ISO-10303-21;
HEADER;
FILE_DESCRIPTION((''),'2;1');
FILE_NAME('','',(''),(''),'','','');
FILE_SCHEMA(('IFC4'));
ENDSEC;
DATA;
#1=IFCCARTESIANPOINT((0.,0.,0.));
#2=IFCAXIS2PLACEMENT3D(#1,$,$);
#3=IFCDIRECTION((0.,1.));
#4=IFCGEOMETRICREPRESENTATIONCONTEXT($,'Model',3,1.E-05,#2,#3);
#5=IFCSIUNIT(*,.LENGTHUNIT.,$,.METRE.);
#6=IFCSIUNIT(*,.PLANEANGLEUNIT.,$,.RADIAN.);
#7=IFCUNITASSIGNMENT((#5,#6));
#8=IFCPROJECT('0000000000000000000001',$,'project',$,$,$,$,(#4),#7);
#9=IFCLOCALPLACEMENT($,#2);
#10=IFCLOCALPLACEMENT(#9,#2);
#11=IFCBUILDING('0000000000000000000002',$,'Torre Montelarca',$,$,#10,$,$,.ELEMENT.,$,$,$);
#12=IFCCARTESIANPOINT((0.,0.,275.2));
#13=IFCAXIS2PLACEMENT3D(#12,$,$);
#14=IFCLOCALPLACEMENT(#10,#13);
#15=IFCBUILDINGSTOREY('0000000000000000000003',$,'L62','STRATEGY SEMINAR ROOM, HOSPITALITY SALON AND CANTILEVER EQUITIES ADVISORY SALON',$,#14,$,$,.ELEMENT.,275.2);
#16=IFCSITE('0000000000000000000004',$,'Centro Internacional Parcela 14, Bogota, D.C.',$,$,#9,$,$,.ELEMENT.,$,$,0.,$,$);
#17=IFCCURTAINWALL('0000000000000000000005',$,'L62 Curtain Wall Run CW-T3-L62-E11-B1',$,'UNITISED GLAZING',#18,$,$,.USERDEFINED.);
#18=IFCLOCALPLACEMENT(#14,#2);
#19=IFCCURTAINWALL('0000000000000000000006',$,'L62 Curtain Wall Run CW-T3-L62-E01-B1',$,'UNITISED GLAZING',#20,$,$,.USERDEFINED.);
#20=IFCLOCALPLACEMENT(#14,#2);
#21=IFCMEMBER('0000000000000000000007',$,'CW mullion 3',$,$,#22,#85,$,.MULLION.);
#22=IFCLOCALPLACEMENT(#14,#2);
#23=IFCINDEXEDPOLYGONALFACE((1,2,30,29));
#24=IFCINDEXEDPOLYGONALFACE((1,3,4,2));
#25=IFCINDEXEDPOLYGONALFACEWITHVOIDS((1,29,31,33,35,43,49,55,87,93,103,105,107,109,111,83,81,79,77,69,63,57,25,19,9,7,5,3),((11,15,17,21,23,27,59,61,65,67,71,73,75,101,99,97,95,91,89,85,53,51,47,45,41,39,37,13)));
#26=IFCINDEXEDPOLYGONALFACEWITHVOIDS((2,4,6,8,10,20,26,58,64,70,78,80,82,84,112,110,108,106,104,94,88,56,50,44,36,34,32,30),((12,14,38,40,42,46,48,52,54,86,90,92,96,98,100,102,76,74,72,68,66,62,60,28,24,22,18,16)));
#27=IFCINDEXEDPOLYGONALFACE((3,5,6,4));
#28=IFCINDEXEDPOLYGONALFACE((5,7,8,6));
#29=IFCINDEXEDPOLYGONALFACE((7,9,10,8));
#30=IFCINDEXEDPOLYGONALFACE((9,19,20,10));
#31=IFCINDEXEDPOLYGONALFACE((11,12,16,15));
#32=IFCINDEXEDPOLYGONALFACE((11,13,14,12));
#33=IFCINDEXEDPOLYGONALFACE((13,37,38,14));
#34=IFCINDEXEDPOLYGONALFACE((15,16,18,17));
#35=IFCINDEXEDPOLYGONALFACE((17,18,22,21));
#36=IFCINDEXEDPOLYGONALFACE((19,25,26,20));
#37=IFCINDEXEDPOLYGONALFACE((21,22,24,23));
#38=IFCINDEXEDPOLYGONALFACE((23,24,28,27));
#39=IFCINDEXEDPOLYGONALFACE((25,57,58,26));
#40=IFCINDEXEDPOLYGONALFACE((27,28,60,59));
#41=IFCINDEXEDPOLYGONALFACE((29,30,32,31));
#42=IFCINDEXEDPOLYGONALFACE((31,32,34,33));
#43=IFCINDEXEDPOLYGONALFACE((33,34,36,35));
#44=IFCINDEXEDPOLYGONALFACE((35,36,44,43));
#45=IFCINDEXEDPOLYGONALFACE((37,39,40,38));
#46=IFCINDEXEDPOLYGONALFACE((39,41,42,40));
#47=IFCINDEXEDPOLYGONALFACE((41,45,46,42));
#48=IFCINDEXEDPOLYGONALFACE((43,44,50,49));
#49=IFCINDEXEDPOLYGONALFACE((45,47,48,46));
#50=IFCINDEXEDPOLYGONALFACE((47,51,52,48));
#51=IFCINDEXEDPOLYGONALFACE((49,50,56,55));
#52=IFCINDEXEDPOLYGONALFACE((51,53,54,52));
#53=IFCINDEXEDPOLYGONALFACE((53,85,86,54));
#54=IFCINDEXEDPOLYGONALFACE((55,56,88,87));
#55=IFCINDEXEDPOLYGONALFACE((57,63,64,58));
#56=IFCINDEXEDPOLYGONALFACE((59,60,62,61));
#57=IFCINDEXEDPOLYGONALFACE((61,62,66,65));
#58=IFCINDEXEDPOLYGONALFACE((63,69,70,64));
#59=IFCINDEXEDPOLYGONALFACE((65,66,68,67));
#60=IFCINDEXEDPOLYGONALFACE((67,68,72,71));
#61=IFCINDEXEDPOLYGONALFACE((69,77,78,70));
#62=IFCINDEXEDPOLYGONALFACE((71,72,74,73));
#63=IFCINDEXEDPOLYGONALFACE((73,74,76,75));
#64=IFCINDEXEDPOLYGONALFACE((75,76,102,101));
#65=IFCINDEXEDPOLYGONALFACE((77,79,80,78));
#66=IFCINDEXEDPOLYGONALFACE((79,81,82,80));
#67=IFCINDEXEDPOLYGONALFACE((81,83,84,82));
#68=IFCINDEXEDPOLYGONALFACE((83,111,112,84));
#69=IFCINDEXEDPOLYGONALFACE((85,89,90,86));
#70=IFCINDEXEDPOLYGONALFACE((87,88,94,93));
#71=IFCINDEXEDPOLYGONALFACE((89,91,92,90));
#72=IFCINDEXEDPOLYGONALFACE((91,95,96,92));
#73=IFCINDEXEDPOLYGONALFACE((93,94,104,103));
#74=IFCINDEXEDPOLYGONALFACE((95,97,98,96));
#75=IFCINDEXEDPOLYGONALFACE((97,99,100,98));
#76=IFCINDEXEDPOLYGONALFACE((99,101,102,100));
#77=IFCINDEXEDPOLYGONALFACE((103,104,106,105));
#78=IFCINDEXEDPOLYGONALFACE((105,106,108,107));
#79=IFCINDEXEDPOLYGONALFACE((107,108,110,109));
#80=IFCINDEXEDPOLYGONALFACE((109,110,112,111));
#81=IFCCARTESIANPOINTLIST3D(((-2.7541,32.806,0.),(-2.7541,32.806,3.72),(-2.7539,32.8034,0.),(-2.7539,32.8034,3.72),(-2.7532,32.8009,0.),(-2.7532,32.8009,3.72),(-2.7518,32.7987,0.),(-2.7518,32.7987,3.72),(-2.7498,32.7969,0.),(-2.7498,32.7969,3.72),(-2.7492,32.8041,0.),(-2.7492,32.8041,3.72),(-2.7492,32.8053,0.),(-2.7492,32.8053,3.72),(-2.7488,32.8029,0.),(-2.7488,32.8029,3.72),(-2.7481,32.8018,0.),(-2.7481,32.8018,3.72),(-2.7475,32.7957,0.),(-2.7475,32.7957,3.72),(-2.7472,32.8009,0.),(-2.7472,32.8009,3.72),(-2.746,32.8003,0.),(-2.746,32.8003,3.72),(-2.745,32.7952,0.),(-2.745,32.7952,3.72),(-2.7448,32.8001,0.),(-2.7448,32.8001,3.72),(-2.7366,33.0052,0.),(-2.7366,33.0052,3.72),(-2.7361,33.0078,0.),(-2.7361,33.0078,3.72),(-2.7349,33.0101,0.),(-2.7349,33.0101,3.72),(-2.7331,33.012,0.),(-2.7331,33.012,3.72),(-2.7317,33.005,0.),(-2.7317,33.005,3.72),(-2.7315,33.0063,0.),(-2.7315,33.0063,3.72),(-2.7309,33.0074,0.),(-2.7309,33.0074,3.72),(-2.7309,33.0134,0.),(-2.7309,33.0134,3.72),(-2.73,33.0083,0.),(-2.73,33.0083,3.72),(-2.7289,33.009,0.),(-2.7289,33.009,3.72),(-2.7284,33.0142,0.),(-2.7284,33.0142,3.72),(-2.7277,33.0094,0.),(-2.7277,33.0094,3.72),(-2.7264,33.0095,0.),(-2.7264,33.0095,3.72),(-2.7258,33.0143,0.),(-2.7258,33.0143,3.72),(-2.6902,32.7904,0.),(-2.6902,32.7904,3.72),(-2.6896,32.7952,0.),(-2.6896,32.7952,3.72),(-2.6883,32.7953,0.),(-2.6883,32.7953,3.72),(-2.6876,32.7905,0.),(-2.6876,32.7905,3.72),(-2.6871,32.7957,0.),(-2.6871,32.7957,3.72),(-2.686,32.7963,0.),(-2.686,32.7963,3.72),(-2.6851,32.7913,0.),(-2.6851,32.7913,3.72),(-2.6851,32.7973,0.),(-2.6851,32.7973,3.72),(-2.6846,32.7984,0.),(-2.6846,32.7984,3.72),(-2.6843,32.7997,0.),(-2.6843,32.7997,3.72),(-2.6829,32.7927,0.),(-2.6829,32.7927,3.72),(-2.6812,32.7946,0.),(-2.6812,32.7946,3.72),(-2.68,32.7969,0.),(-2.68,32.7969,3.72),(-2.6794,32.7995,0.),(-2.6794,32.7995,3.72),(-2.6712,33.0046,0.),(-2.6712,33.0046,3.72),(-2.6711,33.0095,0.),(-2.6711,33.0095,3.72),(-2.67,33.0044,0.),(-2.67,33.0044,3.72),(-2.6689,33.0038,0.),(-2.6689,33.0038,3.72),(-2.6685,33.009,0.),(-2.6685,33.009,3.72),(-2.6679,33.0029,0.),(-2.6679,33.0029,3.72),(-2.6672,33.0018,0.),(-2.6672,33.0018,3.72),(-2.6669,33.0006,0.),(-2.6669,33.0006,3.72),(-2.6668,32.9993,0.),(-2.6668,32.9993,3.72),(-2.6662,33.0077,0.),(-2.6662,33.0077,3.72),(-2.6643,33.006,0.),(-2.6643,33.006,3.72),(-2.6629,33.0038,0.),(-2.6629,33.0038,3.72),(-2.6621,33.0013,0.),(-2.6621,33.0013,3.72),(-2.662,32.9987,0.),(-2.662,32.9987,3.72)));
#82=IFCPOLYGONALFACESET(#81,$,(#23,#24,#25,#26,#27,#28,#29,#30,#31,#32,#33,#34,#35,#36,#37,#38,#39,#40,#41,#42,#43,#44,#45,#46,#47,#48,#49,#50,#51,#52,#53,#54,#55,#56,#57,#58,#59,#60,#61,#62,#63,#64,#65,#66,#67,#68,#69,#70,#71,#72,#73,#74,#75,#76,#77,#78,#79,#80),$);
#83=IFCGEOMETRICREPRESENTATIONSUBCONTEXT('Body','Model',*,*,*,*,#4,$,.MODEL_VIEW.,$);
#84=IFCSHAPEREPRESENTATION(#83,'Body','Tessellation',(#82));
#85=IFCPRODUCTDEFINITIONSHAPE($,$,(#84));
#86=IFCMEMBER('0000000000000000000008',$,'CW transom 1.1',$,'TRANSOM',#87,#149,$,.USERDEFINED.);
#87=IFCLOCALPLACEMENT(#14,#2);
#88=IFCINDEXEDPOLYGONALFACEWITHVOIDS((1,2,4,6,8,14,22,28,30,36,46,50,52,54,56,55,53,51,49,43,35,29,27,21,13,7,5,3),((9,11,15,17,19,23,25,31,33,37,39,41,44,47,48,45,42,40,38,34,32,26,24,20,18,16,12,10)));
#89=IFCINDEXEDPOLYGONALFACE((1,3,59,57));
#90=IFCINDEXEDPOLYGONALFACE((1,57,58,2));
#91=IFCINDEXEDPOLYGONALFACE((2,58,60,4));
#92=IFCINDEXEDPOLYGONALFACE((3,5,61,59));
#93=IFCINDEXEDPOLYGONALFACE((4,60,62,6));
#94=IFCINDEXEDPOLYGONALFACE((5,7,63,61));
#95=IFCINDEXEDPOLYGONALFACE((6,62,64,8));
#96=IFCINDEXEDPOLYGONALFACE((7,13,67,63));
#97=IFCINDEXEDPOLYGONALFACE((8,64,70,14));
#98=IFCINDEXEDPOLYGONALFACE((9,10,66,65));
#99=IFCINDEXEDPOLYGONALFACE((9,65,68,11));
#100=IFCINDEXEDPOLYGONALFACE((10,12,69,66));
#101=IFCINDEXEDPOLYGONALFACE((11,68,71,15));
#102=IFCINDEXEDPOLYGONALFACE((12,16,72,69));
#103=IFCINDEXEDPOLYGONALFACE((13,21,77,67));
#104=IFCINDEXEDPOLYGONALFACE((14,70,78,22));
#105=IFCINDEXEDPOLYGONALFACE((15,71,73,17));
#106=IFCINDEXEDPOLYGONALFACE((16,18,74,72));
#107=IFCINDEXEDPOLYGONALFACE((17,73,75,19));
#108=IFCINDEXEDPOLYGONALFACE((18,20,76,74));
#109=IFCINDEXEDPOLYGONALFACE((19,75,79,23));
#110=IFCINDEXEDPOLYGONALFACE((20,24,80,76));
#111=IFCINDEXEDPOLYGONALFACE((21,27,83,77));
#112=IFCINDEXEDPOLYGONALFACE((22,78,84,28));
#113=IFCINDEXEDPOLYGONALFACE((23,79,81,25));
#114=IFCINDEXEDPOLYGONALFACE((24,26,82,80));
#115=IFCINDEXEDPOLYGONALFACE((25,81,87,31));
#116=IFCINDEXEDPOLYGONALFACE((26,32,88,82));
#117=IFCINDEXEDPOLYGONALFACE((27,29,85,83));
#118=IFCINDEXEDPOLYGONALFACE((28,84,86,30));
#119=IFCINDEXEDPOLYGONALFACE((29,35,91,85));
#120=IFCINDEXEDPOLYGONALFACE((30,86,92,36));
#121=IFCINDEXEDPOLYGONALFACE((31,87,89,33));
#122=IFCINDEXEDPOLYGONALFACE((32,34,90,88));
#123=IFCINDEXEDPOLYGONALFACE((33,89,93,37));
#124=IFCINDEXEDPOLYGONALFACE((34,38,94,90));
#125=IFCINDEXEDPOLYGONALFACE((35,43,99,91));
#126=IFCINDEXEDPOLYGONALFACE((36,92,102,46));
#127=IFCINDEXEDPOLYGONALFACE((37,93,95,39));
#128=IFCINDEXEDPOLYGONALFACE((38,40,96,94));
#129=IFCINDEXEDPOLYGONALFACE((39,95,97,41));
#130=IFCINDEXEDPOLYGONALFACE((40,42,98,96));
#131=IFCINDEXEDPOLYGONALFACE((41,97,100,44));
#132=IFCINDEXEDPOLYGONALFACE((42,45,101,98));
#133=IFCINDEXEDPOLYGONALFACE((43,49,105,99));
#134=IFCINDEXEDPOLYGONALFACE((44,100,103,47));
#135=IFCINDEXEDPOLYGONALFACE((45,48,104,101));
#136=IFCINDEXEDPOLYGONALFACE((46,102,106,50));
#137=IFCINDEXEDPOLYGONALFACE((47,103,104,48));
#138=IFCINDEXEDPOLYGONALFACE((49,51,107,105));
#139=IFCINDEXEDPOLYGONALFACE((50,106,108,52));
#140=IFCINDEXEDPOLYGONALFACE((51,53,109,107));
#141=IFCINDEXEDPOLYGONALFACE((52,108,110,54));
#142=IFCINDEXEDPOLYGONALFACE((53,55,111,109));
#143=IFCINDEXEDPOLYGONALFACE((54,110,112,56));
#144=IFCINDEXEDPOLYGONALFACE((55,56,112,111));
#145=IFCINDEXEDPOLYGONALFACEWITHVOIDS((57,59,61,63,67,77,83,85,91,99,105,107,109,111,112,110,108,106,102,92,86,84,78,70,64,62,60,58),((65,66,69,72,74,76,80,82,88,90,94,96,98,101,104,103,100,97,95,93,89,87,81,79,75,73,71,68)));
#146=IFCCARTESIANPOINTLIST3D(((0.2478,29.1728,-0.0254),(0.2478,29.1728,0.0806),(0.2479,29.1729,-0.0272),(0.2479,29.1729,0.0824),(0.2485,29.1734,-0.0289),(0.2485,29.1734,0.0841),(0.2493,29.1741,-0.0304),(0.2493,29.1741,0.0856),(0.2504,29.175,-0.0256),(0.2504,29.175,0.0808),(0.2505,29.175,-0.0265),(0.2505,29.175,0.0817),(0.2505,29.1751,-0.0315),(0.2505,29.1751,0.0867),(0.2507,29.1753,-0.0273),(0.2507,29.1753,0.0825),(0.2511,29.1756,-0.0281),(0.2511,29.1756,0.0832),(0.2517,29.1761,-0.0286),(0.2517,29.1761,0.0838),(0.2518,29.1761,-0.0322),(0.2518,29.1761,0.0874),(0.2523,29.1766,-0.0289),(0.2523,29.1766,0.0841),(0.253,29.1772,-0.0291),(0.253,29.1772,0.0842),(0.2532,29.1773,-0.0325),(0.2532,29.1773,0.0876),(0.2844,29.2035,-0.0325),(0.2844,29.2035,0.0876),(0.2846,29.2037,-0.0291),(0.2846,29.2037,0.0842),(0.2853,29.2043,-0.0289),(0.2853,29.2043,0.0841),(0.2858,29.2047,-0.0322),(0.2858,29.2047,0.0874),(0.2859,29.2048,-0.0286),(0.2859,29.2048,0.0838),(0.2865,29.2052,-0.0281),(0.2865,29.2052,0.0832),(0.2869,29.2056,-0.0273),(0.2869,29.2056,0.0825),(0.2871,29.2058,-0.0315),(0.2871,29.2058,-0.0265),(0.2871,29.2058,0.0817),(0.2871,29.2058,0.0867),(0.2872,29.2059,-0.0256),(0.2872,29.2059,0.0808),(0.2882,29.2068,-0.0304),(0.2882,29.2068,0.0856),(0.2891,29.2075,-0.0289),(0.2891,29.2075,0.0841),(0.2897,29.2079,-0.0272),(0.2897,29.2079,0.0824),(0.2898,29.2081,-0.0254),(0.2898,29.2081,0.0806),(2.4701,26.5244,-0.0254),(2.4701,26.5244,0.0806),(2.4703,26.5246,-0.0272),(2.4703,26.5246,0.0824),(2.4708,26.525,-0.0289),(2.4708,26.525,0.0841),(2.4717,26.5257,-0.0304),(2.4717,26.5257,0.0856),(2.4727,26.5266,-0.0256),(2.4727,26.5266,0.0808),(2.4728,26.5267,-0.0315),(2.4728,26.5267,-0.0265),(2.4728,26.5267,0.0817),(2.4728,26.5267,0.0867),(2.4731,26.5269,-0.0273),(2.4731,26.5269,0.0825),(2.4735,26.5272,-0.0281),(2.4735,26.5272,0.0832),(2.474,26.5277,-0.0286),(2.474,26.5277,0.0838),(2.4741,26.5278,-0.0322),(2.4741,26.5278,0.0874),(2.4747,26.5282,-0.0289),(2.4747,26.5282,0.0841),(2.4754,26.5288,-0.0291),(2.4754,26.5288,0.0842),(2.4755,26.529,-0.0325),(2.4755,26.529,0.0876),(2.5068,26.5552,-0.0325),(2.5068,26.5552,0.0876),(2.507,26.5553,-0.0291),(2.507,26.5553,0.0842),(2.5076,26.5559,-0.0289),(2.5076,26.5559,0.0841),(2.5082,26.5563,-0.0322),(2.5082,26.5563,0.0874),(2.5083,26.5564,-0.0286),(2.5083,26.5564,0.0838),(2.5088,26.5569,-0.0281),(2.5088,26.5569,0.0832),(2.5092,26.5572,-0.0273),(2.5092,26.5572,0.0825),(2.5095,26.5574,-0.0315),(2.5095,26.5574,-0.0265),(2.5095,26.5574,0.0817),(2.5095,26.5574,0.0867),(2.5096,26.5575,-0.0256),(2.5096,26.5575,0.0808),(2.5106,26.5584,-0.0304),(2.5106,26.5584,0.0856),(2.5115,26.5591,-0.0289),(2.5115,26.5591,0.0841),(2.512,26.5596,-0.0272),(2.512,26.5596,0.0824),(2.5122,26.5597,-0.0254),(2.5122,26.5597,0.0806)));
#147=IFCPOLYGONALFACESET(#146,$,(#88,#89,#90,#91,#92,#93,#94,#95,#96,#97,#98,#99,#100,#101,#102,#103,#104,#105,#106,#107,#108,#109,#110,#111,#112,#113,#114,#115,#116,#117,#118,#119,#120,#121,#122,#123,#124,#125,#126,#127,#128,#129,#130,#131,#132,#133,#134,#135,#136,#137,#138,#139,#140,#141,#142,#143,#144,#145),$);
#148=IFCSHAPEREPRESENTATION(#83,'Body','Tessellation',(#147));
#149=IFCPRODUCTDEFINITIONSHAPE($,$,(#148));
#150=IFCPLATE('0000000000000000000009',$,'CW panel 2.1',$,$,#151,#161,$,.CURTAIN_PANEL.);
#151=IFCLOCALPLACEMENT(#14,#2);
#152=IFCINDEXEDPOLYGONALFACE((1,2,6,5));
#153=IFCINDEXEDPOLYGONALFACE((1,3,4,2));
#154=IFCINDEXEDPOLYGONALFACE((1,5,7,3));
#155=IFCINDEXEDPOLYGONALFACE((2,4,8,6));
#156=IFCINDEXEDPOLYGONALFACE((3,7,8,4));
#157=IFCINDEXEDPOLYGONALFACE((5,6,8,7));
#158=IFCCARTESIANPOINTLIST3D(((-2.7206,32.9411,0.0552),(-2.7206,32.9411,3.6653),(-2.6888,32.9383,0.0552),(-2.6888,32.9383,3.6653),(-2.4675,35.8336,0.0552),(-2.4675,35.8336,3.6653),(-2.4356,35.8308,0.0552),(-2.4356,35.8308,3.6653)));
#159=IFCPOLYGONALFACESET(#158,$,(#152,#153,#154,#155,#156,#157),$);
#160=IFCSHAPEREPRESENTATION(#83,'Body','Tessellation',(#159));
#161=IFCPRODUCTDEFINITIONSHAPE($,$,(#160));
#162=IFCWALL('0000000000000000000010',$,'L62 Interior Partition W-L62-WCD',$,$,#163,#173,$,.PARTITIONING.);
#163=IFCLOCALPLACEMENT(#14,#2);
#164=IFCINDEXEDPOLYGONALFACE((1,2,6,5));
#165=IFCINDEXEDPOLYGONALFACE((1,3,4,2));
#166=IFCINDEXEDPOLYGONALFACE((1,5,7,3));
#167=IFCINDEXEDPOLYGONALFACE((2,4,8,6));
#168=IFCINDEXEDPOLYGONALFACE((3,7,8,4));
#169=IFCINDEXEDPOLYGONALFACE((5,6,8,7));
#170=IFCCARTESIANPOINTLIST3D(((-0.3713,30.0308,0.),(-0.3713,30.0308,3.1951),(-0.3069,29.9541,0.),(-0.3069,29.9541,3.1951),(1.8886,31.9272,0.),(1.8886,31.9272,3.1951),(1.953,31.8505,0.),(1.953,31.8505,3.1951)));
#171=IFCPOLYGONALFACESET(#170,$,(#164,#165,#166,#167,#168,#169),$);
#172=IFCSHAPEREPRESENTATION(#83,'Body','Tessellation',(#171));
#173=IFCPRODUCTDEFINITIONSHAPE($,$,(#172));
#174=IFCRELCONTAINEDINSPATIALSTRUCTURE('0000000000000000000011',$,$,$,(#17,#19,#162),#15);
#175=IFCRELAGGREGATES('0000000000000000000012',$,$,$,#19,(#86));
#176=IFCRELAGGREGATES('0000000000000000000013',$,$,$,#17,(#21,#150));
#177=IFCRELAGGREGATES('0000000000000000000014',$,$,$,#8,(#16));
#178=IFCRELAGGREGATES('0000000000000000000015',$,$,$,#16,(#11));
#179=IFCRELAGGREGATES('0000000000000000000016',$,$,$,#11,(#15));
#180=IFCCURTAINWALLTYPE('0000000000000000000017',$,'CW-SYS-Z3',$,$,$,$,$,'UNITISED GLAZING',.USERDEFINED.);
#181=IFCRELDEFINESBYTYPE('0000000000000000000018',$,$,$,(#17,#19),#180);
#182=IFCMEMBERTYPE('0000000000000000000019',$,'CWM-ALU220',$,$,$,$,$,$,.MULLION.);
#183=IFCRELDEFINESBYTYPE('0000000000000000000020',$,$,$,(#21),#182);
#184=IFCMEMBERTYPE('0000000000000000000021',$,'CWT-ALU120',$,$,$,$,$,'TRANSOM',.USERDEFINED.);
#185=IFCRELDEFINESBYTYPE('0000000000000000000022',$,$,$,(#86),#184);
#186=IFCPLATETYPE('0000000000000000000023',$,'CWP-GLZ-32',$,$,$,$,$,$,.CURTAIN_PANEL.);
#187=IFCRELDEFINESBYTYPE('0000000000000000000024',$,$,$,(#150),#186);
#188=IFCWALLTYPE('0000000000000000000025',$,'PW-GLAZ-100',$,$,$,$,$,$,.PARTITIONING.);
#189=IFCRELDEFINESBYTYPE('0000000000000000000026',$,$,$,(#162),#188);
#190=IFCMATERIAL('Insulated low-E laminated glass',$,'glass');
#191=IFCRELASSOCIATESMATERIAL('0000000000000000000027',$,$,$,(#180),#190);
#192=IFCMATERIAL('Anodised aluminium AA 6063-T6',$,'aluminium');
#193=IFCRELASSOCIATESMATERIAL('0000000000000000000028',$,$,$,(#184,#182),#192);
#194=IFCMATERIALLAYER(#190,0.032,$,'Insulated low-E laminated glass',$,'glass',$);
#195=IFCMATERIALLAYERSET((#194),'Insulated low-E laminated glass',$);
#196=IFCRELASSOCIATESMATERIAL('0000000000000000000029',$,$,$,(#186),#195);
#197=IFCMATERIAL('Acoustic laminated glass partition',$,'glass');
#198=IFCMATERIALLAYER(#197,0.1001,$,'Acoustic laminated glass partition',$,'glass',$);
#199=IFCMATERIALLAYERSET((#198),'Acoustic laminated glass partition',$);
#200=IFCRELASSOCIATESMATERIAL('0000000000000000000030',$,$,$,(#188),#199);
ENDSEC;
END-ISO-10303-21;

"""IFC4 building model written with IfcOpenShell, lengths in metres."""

from ifc_helpers import new_model, si_unit, direction, frame, frame_2d, origin, origin_2d, place, context, subcontext, project, spatial, rectangle, hollow_rectangle, extrude, source, transform, mapped, material, layer, layer_set, material_profile, profile_set, type_object, element, aggregate, save


model = new_model("IFC4")

# Units and contexts
model_context = context("Model", 3, precision=1e-05, world=origin(), true_north=direction((0.0, 1.0)))
body_context = subcontext(model_context, "Body", "Model", "MODEL_VIEW")
ifc_project = project(units=[si_unit("LENGTHUNIT", "METRE"), si_unit("PLANEANGLEUNIT", "RADIAN")], contexts=[model_context])

# Site, building, storey
site_placement = place(None, origin())
site = spatial("IfcSite", under=ifc_project, at=site_placement, Name="Centro Internacional Parcela 14, Bogota, D.C.", CompositionType="ELEMENT", RefElevation=0.0)
building_placement = place(site_placement, origin())
building = spatial("IfcBuilding", under=site, at=building_placement, Name="Torre Montelarca", CompositionType="ELEMENT")
storey_placement = place(building_placement, frame((0.0, 0.0, 275.2)))
storey = spatial("IfcBuildingStorey", under=building, at=storey_placement, Name="L62", Description="STRATEGY SEMINAR ROOM, HOSPITALITY SALON AND CANTILEVER EQUITIES ADVISORY SALON", CompositionType="ELEMENT", Elevation=275.2)

# Curtain wall
ifc_material_1 = material(Name="Insulated low-E laminated glass", Category="glass")
curtain_wall_type = type_object("IfcCurtainWallType", Name="CW-SYS-Z3", ElementType="UNITISED GLAZING", PredefinedType="USERDEFINED", material=ifc_material_1)
curtain_wall_1_placement = place(storey_placement, origin())
curtain_wall_1 = element("IfcCurtainWall", 1, at=curtain_wall_1_placement, inside=storey, type_object=curtain_wall_type, Name="L62 Curtain Wall Run CW-T3-L62-E11-B1", ObjectType="UNITISED GLAZING", PredefinedType="USERDEFINED")
ifc_material_2 = material(Name="Anodised aluminium AA 6063-T6", Category="aluminium")
ifc_material_profile_1 = material_profile(ifc_material_2, hollow_rectangle(XDim=0.0549, YDim=0.1201, WallThickness=0.0034, InnerFilletRadius=0.0034, OuterFilletRadius=0.0071, at=origin_2d()), Name="ALU55X120X3.5", Category="aluminium")
ifc_profile_set_1 = profile_set([ifc_material_profile_1], Name="Anodised aluminium AA 6063-T6")
member_type_1 = type_object("IfcMemberType", Name="CWT-ALU120", ElementType="TRANSOM", PredefinedType="USERDEFINED", material=ifc_profile_set_1)

# Curtain wall
curtain_wall_2_placement = place(storey_placement, origin())
curtain_wall_2 = element("IfcCurtainWall", 2, at=curtain_wall_2_placement, inside=storey, type_object=curtain_wall_type, Name="L62 Curtain Wall Run CW-T3-L62-E01-B1", ObjectType="UNITISED GLAZING", PredefinedType="USERDEFINED")
ifc_material_profile_2 = material_profile(ifc_material_2, hollow_rectangle(XDim=0.075, YDim=0.22, WallThickness=0.0049, InnerFilletRadius=0.0049, OuterFilletRadius=0.01, at=origin_2d()), Name="ALU75X220X5", Category="aluminium")
ifc_profile_set_2 = profile_set([ifc_material_profile_2], Name="Anodised aluminium AA 6063-T6")
member_type_2 = type_object("IfcMemberType", Name="CWM-ALU220", PredefinedType="MULLION", material=ifc_profile_set_2)
shared_shape_1 = source(origin(), body_context, "Body", "SweptSolid", [
    extrude(hollow_rectangle(XDim=0.075, YDim=0.22, WallThickness=0.0049, InnerFilletRadius=0.0049, OuterFilletRadius=0.01, at=origin_2d()), origin(), (0.0, 0.0, 1.0), 3.72),
])

# Members
member_1_placement = place(storey_placement, frame((-2.708, 32.9023, 0.0), z_axis=(0.0, 0.0, 1.0), x_axis=(0.996192, -0.087183, 0.0)))
member_1 = element("IfcMember", 3, at=member_1_placement, type_object=member_type_2, Name="CW mullion 3", PredefinedType="MULLION", context=body_context, shape_type="MappedRepresentation", body=[
    mapped(shared_shape_1, transform((0.0, 0.0, 0.0), scale=1.0)),
])
shared_shape_2 = source(origin(), body_context, "Body", "SweptSolid", [
    extrude(hollow_rectangle(XDim=0.0549, YDim=0.1201, WallThickness=0.0034, InnerFilletRadius=0.0034, OuterFilletRadius=0.0071, at=origin_2d()), origin(), (0.0, 0.0, 1.0), 3.4573),
])
member_2_placement = place(storey_placement, frame((0.2688, 29.1904, 0.0276), z_axis=(0.642806, -0.766029, 0.0), x_axis=(0.766029, 0.642806, 0.0)))
member_2 = element("IfcMember", 4, at=member_2_placement, type_object=member_type_1, Name="CW transom 1.1", ObjectType="TRANSOM", PredefinedType="USERDEFINED", context=body_context, shape_type="MappedRepresentation", body=[
    mapped(shared_shape_2, transform((0.0, 0.0, 0.0), scale=1.0)),
])
aggregate(curtain_wall_2, [member_2])

# Plate
ifc_layer_1 = layer(ifc_material_1, 0.032, Name="Insulated low-E laminated glass", Category="glass")
ifc_layer_set_1 = layer_set([ifc_layer_1], Name="Insulated low-E laminated glass")
plate_type = type_object("IfcPlateType", Name="CWP-GLZ-32", PredefinedType="CURTAIN_PANEL", material=ifc_layer_set_1)
shared_shape_3 = source(origin(), body_context, "Body", "SweptSolid", [
    extrude(rectangle(XDim=2.9036, YDim=0.032, at=origin_2d()), origin(), (0.0, 0.0, 1.0), 3.6101),
])
plate_placement = place(storey_placement, frame((-2.5781, 34.386, 0.0552), z_axis=(0.0, 0.0, 1.0), x_axis=(-0.087183, -0.996192, 0.0)))
plate = element("IfcPlate", 5, at=plate_placement, type_object=plate_type, Name="CW panel 2.1", PredefinedType="CURTAIN_PANEL", context=body_context, shape_type="MappedRepresentation", body=[
    mapped(shared_shape_3, transform((0.0, 0.0, 0.0), scale=1.0)),
])
aggregate(curtain_wall_1, [member_1, plate])

# Wall
ifc_material_3 = material(Name="Acoustic laminated glass partition", Category="glass")
ifc_layer_2 = layer(ifc_material_3, 0.1001, Name="Acoustic laminated glass partition", Category="glass")
ifc_layer_set_2 = layer_set([ifc_layer_2], Name="Acoustic laminated glass partition")
wall_type_1 = type_object("IfcWallType", Name="PW-GLAZ-100", PredefinedType="PARTITIONING", material=ifc_layer_set_2)
wall_1_placement = place(storey_placement, frame((-0.3391, 29.9924, 0.0), z_axis=(0.0, 0.0, 1.0), x_axis=(0.766026, 0.64281, 0.0)))
element("IfcWall", 6, at=wall_1_placement, inside=storey, type_object=wall_type_1, Name="L62 Interior Partition W-L62-WCD", PredefinedType="PARTITIONING", context=body_context, shape_type="SweptSolid", body=[
    extrude(rectangle(XDim=2.9502, YDim=0.1001, at=frame_2d((1.4751, 0.0))), origin(), (0.0, 0.0, 1.0), 3.1951),
])

save(model, "model.ifc")
